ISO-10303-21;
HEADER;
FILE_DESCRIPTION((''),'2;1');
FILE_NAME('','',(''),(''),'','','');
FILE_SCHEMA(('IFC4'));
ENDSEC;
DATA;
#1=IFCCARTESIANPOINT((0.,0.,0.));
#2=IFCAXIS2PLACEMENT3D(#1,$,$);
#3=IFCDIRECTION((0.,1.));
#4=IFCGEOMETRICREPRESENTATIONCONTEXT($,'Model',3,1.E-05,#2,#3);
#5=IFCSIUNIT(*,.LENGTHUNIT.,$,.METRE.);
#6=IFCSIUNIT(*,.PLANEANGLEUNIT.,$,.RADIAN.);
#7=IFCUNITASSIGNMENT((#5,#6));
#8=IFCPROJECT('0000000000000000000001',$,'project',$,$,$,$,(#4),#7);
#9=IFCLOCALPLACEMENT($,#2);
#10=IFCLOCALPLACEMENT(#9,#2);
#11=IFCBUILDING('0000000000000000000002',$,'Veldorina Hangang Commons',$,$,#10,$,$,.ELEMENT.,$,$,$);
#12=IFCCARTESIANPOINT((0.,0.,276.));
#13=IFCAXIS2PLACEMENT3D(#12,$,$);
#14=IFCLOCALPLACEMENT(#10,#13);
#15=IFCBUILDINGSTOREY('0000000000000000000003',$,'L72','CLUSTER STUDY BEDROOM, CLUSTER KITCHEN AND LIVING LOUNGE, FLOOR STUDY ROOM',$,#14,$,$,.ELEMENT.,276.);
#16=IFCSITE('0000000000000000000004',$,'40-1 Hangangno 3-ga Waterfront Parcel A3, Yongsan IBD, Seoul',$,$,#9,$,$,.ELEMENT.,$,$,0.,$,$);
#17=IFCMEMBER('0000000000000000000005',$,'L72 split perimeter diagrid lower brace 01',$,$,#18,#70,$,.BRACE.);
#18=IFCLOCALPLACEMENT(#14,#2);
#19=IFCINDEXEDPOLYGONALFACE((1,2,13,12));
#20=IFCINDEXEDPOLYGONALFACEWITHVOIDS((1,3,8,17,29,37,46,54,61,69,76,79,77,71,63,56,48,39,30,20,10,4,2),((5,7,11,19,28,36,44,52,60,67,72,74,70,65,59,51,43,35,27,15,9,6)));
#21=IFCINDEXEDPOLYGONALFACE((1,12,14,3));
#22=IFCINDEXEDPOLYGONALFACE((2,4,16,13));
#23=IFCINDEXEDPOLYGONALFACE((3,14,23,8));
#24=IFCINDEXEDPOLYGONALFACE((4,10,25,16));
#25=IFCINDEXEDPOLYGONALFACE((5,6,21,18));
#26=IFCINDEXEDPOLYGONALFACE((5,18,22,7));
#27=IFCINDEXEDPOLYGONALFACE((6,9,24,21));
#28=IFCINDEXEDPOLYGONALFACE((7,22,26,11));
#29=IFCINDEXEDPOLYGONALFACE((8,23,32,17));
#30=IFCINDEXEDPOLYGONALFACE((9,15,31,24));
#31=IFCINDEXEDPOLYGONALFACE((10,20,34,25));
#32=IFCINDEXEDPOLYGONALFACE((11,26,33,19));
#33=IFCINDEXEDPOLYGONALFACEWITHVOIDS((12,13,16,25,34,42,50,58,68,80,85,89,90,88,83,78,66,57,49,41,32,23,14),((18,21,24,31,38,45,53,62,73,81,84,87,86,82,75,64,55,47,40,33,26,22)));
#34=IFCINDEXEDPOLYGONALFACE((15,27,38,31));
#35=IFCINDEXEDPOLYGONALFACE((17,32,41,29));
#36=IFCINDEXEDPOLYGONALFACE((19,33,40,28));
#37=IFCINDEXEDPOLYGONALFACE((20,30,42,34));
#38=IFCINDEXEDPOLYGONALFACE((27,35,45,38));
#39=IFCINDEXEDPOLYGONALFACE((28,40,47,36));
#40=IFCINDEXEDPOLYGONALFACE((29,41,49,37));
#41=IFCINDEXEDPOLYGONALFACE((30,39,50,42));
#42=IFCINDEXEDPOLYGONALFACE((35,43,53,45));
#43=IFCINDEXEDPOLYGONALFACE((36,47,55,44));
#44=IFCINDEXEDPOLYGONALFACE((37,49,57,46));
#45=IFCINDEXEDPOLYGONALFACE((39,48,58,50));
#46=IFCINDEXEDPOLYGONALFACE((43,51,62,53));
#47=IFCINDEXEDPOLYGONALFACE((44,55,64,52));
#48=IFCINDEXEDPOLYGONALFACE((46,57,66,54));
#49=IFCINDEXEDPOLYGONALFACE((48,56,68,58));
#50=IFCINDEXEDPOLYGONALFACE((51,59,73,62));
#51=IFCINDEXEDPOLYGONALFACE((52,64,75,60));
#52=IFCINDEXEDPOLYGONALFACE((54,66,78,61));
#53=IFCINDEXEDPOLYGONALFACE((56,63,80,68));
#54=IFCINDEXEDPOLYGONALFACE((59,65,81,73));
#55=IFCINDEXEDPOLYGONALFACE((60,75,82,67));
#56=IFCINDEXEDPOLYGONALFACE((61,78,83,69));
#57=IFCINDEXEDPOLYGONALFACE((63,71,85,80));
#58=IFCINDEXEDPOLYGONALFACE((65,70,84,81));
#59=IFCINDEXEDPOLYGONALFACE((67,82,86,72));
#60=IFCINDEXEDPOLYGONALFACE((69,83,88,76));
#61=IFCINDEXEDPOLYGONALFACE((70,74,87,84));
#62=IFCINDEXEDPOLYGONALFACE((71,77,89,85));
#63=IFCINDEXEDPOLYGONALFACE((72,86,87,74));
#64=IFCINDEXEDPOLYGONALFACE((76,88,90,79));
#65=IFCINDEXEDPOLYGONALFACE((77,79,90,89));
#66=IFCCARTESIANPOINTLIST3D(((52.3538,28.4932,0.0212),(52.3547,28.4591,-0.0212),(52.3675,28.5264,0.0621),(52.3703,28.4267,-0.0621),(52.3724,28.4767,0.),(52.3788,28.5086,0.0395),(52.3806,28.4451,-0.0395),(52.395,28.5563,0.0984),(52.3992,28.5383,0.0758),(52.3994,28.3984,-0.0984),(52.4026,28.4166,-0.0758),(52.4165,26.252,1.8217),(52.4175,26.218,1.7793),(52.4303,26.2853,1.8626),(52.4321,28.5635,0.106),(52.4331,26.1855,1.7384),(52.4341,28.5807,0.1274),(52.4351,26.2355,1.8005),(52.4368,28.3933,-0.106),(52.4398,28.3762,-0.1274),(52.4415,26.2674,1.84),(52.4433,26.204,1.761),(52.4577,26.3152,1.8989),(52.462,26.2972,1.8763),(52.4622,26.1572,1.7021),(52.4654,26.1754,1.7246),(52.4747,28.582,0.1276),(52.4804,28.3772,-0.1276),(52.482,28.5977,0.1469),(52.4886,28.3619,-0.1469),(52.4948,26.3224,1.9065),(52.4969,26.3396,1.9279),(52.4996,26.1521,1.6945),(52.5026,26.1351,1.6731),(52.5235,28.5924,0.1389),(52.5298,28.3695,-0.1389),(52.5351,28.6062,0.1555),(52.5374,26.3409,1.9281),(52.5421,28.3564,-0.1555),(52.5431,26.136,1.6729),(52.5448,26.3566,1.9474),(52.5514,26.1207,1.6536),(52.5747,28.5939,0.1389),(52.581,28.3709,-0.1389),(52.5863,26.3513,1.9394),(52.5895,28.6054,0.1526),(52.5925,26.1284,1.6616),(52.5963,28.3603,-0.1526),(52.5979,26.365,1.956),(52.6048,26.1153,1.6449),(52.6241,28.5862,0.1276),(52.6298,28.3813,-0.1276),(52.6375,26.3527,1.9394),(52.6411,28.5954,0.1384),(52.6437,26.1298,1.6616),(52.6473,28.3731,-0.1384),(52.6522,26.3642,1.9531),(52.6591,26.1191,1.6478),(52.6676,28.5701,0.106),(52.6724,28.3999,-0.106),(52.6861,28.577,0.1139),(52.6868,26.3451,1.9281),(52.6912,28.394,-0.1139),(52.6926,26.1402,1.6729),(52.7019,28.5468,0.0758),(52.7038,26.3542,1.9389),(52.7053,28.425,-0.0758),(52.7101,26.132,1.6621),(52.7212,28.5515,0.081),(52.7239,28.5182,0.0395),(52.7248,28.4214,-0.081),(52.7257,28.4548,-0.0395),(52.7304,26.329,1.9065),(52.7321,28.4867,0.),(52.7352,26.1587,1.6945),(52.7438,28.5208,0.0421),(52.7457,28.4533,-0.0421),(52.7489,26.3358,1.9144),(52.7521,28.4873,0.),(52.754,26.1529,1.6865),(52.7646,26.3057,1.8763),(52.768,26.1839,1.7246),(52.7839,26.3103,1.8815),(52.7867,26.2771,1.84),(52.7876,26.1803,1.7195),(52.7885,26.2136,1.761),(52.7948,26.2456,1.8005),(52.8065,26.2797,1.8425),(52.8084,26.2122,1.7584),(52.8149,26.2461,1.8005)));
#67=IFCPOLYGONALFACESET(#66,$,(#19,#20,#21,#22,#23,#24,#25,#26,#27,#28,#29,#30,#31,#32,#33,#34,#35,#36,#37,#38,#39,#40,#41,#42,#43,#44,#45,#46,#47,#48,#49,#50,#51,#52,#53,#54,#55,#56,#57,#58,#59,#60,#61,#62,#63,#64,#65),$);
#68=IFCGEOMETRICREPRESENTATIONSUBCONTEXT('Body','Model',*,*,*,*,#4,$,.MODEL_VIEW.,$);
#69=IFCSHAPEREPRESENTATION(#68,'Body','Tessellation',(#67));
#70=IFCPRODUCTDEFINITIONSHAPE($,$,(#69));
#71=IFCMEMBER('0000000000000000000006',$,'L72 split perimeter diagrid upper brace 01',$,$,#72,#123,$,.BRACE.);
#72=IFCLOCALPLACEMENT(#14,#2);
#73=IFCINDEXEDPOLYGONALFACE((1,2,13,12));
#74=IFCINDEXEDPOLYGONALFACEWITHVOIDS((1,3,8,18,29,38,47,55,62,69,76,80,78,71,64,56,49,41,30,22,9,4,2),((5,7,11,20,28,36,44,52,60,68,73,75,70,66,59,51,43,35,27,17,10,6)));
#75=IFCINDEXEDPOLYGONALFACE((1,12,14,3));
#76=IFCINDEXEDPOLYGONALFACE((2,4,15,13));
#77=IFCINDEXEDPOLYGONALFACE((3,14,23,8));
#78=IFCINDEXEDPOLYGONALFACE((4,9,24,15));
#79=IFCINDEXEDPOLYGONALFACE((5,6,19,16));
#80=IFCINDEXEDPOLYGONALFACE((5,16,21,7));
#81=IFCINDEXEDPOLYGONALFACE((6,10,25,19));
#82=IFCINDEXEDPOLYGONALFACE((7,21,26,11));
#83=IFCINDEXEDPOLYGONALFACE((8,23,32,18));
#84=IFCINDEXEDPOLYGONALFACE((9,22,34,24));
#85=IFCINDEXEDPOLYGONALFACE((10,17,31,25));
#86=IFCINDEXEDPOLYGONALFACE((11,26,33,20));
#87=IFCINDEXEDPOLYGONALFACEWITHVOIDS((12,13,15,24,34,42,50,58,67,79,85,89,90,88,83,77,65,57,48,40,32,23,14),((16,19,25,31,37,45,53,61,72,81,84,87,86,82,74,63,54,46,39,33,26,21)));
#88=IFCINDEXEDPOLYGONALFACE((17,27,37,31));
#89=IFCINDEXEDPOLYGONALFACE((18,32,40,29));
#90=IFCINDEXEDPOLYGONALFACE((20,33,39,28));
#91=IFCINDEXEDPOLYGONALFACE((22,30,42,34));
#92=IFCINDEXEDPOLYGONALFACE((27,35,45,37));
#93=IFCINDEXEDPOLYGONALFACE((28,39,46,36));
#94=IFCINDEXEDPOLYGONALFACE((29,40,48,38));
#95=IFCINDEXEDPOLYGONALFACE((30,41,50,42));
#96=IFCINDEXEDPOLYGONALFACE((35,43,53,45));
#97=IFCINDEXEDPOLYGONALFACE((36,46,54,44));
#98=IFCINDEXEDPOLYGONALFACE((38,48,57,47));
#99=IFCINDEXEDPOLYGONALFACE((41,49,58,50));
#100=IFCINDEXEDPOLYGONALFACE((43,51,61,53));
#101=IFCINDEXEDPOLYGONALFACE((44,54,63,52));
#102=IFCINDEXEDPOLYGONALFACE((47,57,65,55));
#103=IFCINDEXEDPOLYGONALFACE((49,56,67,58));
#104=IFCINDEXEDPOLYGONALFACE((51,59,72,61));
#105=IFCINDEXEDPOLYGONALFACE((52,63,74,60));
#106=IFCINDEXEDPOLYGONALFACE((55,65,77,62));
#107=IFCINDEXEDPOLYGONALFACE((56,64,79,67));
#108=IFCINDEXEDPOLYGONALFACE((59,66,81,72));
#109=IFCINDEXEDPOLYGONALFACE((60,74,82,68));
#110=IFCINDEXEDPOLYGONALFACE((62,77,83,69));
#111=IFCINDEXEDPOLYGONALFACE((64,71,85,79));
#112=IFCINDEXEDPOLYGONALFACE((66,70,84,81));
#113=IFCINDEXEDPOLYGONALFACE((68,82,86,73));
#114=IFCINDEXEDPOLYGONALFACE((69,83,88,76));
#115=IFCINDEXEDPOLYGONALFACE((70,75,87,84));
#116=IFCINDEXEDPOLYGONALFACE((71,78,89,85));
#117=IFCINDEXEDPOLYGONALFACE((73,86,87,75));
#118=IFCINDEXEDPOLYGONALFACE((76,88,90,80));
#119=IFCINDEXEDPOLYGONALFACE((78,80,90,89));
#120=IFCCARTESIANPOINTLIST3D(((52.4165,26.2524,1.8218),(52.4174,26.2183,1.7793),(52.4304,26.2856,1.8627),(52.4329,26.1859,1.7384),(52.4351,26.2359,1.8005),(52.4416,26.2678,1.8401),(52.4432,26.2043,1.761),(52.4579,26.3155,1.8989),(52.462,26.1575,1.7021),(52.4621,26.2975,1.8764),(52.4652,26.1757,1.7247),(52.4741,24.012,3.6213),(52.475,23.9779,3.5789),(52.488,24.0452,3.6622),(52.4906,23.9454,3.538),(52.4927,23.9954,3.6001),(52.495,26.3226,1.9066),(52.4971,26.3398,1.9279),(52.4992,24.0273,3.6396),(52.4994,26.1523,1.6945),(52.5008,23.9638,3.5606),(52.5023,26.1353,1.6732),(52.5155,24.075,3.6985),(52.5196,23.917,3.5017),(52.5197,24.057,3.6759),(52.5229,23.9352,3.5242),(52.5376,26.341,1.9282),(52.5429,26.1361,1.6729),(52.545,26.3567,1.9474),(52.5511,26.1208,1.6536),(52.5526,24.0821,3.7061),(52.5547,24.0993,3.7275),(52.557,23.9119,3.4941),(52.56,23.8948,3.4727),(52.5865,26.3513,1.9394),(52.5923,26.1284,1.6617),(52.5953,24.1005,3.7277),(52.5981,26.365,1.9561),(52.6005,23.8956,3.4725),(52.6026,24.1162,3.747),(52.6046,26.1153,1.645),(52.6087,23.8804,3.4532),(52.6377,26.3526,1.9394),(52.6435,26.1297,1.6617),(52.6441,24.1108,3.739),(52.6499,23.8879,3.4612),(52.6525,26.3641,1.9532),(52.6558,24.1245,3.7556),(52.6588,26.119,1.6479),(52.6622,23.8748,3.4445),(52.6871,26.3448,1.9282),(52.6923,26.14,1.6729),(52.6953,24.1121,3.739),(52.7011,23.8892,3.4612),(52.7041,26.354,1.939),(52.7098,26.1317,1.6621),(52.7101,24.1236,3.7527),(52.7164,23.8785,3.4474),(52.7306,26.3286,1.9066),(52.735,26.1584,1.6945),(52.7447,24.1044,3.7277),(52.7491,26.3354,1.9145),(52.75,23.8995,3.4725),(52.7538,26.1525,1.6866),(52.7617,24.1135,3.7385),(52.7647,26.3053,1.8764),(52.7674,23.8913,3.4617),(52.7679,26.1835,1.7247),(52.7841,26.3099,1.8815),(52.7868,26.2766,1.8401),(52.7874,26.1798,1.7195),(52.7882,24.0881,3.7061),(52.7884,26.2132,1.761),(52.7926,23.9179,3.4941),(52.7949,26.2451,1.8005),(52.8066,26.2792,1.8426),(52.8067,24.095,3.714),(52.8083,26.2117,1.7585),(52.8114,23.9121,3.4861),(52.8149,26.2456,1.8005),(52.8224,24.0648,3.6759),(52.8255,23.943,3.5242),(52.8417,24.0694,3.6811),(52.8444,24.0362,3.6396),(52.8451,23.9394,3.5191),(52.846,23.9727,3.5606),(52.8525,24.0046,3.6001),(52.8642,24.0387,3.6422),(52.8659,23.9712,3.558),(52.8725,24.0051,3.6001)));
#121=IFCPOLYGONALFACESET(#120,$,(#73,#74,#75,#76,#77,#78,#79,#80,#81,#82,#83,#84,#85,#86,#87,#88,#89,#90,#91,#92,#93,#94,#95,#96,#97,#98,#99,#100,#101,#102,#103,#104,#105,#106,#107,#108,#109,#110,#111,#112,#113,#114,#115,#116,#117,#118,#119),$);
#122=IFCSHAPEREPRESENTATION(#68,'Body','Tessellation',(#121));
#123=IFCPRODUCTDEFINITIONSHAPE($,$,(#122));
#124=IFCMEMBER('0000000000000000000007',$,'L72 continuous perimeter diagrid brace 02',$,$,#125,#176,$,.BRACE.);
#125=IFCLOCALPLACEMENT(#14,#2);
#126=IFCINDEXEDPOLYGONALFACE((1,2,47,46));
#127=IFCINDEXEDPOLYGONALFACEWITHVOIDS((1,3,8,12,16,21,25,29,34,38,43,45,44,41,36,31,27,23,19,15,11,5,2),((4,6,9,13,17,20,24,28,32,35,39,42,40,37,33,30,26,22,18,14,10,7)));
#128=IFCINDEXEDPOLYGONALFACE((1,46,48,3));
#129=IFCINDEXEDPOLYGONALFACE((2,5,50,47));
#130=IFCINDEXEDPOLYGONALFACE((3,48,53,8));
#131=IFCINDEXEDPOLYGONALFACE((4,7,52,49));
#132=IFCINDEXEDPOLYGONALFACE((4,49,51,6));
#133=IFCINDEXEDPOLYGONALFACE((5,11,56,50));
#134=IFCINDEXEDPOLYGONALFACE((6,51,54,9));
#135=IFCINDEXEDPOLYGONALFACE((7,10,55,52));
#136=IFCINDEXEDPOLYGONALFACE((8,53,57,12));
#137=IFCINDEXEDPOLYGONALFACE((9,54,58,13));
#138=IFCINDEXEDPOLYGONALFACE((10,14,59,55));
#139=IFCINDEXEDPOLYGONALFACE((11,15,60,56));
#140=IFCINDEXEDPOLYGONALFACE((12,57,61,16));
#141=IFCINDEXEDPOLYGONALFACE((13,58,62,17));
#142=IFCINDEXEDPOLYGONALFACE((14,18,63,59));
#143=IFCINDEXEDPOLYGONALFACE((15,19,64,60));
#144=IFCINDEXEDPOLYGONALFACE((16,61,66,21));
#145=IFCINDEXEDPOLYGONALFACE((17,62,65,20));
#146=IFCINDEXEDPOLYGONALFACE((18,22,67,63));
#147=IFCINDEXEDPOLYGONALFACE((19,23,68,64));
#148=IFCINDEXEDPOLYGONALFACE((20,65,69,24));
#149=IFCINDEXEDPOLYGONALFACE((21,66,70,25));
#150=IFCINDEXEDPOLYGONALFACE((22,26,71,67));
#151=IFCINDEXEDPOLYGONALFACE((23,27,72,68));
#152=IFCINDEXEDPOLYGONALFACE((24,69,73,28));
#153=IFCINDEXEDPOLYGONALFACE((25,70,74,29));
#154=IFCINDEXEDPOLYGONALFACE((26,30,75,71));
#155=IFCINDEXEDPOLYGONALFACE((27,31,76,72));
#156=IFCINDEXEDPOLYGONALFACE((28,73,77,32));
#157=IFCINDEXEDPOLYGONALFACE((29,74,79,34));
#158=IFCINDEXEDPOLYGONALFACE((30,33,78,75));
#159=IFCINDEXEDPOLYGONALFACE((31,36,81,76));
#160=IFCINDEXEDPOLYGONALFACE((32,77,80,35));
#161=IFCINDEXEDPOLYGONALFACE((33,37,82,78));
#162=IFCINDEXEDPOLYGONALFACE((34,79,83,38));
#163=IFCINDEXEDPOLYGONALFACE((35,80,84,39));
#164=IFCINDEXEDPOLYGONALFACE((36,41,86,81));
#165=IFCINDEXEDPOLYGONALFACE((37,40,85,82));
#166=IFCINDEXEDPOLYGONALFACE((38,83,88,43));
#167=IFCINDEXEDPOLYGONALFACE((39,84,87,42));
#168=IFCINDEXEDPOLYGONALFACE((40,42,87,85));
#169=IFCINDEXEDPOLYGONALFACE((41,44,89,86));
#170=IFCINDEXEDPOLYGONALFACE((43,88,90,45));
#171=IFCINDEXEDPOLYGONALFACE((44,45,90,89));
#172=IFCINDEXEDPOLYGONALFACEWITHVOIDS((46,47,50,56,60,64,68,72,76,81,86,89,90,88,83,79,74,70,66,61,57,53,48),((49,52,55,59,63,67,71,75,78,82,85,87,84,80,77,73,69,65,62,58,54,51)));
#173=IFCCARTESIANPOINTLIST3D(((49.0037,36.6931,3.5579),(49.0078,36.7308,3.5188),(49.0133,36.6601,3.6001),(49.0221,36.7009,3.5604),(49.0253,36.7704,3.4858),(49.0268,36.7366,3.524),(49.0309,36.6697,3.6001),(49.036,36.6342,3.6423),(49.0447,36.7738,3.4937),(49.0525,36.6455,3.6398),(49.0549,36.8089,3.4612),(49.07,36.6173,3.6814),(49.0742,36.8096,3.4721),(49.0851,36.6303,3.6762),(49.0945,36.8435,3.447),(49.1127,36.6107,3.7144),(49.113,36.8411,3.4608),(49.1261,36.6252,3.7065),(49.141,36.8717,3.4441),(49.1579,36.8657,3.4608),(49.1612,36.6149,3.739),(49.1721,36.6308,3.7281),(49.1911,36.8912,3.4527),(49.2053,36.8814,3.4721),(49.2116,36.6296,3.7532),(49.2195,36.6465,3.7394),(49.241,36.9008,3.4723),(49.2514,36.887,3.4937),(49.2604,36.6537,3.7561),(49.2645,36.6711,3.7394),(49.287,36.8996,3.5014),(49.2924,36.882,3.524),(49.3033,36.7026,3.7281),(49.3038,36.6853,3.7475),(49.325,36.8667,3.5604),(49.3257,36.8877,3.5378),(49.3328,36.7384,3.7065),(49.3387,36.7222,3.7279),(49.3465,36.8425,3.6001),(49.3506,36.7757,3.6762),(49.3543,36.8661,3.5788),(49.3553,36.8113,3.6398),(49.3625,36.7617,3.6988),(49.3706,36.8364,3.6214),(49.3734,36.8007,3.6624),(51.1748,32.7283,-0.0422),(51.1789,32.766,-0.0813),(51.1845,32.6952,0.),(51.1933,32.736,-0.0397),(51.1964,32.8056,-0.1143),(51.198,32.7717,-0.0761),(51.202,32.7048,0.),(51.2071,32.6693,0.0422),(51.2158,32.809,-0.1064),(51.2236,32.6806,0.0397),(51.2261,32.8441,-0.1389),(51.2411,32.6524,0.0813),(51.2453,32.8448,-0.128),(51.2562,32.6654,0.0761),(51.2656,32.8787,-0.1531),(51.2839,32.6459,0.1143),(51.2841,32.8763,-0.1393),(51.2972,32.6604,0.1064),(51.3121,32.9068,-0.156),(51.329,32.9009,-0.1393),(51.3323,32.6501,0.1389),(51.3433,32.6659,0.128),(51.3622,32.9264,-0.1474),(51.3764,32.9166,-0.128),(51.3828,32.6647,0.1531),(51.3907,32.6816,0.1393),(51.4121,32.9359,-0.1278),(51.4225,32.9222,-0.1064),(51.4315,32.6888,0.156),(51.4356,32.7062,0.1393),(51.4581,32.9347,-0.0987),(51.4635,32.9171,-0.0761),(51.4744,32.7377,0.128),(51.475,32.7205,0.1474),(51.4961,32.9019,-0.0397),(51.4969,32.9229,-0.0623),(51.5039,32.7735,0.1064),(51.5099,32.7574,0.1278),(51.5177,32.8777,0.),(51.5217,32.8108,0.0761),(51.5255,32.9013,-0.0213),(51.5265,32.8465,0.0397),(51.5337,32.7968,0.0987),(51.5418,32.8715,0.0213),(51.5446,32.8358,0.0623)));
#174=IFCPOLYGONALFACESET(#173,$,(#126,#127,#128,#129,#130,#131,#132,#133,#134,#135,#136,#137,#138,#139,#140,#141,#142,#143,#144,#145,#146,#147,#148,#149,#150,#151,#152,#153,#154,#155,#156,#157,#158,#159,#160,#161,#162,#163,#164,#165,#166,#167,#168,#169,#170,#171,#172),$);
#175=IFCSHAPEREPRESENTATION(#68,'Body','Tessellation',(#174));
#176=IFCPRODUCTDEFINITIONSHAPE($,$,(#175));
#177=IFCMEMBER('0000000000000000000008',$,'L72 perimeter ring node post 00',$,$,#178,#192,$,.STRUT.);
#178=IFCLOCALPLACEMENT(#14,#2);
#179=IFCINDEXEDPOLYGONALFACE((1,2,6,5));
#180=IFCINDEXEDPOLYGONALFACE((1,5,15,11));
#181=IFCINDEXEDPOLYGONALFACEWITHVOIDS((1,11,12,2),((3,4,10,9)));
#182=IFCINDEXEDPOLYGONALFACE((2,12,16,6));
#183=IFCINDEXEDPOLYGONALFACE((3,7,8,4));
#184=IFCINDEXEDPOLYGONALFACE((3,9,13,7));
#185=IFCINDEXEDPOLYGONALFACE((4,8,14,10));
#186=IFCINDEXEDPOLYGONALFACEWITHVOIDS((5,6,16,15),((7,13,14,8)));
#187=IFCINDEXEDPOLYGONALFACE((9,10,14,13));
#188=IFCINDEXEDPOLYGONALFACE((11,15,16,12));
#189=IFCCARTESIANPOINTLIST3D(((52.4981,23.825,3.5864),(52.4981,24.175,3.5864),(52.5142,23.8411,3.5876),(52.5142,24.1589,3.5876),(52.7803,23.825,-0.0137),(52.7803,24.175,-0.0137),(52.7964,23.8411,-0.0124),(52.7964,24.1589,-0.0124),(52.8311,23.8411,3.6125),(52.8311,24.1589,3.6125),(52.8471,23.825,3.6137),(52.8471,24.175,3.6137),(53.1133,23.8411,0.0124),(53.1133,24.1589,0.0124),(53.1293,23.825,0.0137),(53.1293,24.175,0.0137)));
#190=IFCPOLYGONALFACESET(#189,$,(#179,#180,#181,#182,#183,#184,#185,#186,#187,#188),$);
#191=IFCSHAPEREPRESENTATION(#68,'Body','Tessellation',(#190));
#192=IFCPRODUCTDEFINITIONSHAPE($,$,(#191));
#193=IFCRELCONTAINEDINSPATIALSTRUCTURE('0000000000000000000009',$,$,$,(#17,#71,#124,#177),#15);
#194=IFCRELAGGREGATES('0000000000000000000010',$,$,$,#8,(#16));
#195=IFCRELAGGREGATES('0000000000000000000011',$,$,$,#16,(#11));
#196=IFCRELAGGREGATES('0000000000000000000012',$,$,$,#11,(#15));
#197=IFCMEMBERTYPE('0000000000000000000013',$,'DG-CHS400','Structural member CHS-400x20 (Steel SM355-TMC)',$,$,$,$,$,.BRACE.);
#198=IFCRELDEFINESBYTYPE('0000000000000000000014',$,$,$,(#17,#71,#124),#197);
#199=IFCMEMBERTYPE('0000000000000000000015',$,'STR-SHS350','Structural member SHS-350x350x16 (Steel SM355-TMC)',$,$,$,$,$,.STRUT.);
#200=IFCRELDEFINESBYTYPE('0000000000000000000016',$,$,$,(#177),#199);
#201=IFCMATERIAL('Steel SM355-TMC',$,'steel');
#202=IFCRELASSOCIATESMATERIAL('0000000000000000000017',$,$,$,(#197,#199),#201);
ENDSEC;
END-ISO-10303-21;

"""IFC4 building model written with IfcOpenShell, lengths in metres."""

from ifc_helpers import new_model, si_unit, direction, frame, origin, origin_2d, place, context, subcontext, project, spatial, hollow_rectangle, hollow_circle, extrude, material, material_profile, profile_set, type_object, element, save


model = new_model("IFC4")

# Units and contexts
model_context = context("Model", 3, precision=1e-05, world=origin(), true_north=direction((0.0, 1.0)))
body_context = subcontext(model_context, "Body", "Model", "MODEL_VIEW")
ifc_project = project(units=[si_unit("LENGTHUNIT", "METRE"), si_unit("PLANEANGLEUNIT", "RADIAN")], contexts=[model_context])

# Site, building, storey
site_placement = place(None, origin())
site = spatial("IfcSite", under=ifc_project, at=site_placement, Name="40-1 Hangangno 3-ga Waterfront Parcel A3, Yongsan IBD, Seoul", CompositionType="ELEMENT", RefElevation=0.0)
building_placement = place(site_placement, origin())
building = spatial("IfcBuilding", under=site, at=building_placement, Name="Veldorina Hangang Commons", CompositionType="ELEMENT")
storey_placement = place(building_placement, frame((0.0, 0.0, 276.0)))
storey = spatial("IfcBuildingStorey", under=building, at=storey_placement, Name="L72", Description="CLUSTER STUDY BEDROOM, CLUSTER KITCHEN AND LIVING LOUNGE, FLOOR STUDY ROOM", CompositionType="ELEMENT", Elevation=276.0)

# Shared definitions
ifc_material_1 = material(Name="Steel SM355-TMC", Category="steel")

# Members
ifc_material_profile_1 = material_profile(ifc_material_1, hollow_circle(Radius=0.2, WallThickness=0.02, at=origin_2d()), Name="CHS-400x20")
ifc_profile_set_1 = profile_set([ifc_material_profile_1], Name="Steel SM355-TMC")
member_type_1 = type_object("IfcMemberType", Name="DG-CHS400", Description="Structural member CHS-400x20 (Steel SM355-TMC)", PredefinedType="BRACE", material=ifc_profile_set_1)
member_1_placement = place(storey_placement, frame((52.5522, 28.4817, 0.0), z_axis=(0.02182, -0.779397, 0.62615), x_axis=(0.999608, 0.027985, 0.0)))
element("IfcMember", 1, at=member_1_placement, inside=storey, type_object=member_type_1, Name="L72 split perimeter diagrid lower brace 01", PredefinedType="BRACE", context=body_context, shape_type="SweptSolid", body=[
    extrude(hollow_circle(Radius=0.2, WallThickness=0.02, at=origin_2d()), origin(), (0.0, 0.0, 1.0), 2.8755),
])
member_2_placement = place(storey_placement, frame((52.615, 26.2405, 1.8005), z_axis=(0.020046, -0.779492, 0.626091), x_axis=(0.999669, 0.025708, 0.0)))
element("IfcMember", 2, at=member_2_placement, inside=storey, type_object=member_type_1, Name="L72 split perimeter diagrid upper brace 01", PredefinedType="BRACE", context=body_context, shape_type="SweptSolid", body=[
    extrude(hollow_circle(Radius=0.2, WallThickness=0.02, at=origin_2d()), origin(), (0.0, 0.0, 1.0), 2.8743),
])
member_3_placement = place(storey_placement, frame((51.3599, 32.7913, 0.0), z_axis=(-0.375708, 0.686101, 0.622983), x_axis=(-0.877104, -0.480301, 0.0)))
element("IfcMember", 3, at=member_3_placement, inside=storey, type_object=member_type_1, Name="L72 continuous perimeter diagrid brace 02", PredefinedType="BRACE", context=body_context, shape_type="SweptSolid", body=[
    extrude(hollow_circle(Radius=0.2, WallThickness=0.02, at=origin_2d()), origin(), (0.0, 0.0, 1.0), 5.7788),
])
ifc_material_profile_2 = material_profile(ifc_material_1, hollow_rectangle(XDim=0.3501, YDim=0.3501, WallThickness=0.0161, at=origin_2d()), Name="SHS-350x350x16")
ifc_profile_set_2 = profile_set([ifc_material_profile_2], Name="Steel SM355-TMC")
member_type_2 = type_object("IfcMemberType", Name="STR-SHS350", Description="Structural member SHS-350x350x16 (Steel SM355-TMC)", PredefinedType="STRUT", material=ifc_profile_set_2)
member_4_placement = place(storey_placement, frame((52.9548, 24.0, 0.0), z_axis=(-0.078154, 0.0, 0.996941), x_axis=(0.0, -1.0, 0.0)))
element("IfcMember", 4, at=member_4_placement, inside=storey, type_object=member_type_2, Name="L72 perimeter ring node post 00", PredefinedType="STRUT", context=body_context, shape_type="SweptSolid", body=[
    extrude(hollow_rectangle(XDim=0.3501, YDim=0.3501, WallThickness=0.0161, at=origin_2d()), origin(), (0.0, 0.0, 1.0), 3.6111),
])

save(model, "model.ifc")
